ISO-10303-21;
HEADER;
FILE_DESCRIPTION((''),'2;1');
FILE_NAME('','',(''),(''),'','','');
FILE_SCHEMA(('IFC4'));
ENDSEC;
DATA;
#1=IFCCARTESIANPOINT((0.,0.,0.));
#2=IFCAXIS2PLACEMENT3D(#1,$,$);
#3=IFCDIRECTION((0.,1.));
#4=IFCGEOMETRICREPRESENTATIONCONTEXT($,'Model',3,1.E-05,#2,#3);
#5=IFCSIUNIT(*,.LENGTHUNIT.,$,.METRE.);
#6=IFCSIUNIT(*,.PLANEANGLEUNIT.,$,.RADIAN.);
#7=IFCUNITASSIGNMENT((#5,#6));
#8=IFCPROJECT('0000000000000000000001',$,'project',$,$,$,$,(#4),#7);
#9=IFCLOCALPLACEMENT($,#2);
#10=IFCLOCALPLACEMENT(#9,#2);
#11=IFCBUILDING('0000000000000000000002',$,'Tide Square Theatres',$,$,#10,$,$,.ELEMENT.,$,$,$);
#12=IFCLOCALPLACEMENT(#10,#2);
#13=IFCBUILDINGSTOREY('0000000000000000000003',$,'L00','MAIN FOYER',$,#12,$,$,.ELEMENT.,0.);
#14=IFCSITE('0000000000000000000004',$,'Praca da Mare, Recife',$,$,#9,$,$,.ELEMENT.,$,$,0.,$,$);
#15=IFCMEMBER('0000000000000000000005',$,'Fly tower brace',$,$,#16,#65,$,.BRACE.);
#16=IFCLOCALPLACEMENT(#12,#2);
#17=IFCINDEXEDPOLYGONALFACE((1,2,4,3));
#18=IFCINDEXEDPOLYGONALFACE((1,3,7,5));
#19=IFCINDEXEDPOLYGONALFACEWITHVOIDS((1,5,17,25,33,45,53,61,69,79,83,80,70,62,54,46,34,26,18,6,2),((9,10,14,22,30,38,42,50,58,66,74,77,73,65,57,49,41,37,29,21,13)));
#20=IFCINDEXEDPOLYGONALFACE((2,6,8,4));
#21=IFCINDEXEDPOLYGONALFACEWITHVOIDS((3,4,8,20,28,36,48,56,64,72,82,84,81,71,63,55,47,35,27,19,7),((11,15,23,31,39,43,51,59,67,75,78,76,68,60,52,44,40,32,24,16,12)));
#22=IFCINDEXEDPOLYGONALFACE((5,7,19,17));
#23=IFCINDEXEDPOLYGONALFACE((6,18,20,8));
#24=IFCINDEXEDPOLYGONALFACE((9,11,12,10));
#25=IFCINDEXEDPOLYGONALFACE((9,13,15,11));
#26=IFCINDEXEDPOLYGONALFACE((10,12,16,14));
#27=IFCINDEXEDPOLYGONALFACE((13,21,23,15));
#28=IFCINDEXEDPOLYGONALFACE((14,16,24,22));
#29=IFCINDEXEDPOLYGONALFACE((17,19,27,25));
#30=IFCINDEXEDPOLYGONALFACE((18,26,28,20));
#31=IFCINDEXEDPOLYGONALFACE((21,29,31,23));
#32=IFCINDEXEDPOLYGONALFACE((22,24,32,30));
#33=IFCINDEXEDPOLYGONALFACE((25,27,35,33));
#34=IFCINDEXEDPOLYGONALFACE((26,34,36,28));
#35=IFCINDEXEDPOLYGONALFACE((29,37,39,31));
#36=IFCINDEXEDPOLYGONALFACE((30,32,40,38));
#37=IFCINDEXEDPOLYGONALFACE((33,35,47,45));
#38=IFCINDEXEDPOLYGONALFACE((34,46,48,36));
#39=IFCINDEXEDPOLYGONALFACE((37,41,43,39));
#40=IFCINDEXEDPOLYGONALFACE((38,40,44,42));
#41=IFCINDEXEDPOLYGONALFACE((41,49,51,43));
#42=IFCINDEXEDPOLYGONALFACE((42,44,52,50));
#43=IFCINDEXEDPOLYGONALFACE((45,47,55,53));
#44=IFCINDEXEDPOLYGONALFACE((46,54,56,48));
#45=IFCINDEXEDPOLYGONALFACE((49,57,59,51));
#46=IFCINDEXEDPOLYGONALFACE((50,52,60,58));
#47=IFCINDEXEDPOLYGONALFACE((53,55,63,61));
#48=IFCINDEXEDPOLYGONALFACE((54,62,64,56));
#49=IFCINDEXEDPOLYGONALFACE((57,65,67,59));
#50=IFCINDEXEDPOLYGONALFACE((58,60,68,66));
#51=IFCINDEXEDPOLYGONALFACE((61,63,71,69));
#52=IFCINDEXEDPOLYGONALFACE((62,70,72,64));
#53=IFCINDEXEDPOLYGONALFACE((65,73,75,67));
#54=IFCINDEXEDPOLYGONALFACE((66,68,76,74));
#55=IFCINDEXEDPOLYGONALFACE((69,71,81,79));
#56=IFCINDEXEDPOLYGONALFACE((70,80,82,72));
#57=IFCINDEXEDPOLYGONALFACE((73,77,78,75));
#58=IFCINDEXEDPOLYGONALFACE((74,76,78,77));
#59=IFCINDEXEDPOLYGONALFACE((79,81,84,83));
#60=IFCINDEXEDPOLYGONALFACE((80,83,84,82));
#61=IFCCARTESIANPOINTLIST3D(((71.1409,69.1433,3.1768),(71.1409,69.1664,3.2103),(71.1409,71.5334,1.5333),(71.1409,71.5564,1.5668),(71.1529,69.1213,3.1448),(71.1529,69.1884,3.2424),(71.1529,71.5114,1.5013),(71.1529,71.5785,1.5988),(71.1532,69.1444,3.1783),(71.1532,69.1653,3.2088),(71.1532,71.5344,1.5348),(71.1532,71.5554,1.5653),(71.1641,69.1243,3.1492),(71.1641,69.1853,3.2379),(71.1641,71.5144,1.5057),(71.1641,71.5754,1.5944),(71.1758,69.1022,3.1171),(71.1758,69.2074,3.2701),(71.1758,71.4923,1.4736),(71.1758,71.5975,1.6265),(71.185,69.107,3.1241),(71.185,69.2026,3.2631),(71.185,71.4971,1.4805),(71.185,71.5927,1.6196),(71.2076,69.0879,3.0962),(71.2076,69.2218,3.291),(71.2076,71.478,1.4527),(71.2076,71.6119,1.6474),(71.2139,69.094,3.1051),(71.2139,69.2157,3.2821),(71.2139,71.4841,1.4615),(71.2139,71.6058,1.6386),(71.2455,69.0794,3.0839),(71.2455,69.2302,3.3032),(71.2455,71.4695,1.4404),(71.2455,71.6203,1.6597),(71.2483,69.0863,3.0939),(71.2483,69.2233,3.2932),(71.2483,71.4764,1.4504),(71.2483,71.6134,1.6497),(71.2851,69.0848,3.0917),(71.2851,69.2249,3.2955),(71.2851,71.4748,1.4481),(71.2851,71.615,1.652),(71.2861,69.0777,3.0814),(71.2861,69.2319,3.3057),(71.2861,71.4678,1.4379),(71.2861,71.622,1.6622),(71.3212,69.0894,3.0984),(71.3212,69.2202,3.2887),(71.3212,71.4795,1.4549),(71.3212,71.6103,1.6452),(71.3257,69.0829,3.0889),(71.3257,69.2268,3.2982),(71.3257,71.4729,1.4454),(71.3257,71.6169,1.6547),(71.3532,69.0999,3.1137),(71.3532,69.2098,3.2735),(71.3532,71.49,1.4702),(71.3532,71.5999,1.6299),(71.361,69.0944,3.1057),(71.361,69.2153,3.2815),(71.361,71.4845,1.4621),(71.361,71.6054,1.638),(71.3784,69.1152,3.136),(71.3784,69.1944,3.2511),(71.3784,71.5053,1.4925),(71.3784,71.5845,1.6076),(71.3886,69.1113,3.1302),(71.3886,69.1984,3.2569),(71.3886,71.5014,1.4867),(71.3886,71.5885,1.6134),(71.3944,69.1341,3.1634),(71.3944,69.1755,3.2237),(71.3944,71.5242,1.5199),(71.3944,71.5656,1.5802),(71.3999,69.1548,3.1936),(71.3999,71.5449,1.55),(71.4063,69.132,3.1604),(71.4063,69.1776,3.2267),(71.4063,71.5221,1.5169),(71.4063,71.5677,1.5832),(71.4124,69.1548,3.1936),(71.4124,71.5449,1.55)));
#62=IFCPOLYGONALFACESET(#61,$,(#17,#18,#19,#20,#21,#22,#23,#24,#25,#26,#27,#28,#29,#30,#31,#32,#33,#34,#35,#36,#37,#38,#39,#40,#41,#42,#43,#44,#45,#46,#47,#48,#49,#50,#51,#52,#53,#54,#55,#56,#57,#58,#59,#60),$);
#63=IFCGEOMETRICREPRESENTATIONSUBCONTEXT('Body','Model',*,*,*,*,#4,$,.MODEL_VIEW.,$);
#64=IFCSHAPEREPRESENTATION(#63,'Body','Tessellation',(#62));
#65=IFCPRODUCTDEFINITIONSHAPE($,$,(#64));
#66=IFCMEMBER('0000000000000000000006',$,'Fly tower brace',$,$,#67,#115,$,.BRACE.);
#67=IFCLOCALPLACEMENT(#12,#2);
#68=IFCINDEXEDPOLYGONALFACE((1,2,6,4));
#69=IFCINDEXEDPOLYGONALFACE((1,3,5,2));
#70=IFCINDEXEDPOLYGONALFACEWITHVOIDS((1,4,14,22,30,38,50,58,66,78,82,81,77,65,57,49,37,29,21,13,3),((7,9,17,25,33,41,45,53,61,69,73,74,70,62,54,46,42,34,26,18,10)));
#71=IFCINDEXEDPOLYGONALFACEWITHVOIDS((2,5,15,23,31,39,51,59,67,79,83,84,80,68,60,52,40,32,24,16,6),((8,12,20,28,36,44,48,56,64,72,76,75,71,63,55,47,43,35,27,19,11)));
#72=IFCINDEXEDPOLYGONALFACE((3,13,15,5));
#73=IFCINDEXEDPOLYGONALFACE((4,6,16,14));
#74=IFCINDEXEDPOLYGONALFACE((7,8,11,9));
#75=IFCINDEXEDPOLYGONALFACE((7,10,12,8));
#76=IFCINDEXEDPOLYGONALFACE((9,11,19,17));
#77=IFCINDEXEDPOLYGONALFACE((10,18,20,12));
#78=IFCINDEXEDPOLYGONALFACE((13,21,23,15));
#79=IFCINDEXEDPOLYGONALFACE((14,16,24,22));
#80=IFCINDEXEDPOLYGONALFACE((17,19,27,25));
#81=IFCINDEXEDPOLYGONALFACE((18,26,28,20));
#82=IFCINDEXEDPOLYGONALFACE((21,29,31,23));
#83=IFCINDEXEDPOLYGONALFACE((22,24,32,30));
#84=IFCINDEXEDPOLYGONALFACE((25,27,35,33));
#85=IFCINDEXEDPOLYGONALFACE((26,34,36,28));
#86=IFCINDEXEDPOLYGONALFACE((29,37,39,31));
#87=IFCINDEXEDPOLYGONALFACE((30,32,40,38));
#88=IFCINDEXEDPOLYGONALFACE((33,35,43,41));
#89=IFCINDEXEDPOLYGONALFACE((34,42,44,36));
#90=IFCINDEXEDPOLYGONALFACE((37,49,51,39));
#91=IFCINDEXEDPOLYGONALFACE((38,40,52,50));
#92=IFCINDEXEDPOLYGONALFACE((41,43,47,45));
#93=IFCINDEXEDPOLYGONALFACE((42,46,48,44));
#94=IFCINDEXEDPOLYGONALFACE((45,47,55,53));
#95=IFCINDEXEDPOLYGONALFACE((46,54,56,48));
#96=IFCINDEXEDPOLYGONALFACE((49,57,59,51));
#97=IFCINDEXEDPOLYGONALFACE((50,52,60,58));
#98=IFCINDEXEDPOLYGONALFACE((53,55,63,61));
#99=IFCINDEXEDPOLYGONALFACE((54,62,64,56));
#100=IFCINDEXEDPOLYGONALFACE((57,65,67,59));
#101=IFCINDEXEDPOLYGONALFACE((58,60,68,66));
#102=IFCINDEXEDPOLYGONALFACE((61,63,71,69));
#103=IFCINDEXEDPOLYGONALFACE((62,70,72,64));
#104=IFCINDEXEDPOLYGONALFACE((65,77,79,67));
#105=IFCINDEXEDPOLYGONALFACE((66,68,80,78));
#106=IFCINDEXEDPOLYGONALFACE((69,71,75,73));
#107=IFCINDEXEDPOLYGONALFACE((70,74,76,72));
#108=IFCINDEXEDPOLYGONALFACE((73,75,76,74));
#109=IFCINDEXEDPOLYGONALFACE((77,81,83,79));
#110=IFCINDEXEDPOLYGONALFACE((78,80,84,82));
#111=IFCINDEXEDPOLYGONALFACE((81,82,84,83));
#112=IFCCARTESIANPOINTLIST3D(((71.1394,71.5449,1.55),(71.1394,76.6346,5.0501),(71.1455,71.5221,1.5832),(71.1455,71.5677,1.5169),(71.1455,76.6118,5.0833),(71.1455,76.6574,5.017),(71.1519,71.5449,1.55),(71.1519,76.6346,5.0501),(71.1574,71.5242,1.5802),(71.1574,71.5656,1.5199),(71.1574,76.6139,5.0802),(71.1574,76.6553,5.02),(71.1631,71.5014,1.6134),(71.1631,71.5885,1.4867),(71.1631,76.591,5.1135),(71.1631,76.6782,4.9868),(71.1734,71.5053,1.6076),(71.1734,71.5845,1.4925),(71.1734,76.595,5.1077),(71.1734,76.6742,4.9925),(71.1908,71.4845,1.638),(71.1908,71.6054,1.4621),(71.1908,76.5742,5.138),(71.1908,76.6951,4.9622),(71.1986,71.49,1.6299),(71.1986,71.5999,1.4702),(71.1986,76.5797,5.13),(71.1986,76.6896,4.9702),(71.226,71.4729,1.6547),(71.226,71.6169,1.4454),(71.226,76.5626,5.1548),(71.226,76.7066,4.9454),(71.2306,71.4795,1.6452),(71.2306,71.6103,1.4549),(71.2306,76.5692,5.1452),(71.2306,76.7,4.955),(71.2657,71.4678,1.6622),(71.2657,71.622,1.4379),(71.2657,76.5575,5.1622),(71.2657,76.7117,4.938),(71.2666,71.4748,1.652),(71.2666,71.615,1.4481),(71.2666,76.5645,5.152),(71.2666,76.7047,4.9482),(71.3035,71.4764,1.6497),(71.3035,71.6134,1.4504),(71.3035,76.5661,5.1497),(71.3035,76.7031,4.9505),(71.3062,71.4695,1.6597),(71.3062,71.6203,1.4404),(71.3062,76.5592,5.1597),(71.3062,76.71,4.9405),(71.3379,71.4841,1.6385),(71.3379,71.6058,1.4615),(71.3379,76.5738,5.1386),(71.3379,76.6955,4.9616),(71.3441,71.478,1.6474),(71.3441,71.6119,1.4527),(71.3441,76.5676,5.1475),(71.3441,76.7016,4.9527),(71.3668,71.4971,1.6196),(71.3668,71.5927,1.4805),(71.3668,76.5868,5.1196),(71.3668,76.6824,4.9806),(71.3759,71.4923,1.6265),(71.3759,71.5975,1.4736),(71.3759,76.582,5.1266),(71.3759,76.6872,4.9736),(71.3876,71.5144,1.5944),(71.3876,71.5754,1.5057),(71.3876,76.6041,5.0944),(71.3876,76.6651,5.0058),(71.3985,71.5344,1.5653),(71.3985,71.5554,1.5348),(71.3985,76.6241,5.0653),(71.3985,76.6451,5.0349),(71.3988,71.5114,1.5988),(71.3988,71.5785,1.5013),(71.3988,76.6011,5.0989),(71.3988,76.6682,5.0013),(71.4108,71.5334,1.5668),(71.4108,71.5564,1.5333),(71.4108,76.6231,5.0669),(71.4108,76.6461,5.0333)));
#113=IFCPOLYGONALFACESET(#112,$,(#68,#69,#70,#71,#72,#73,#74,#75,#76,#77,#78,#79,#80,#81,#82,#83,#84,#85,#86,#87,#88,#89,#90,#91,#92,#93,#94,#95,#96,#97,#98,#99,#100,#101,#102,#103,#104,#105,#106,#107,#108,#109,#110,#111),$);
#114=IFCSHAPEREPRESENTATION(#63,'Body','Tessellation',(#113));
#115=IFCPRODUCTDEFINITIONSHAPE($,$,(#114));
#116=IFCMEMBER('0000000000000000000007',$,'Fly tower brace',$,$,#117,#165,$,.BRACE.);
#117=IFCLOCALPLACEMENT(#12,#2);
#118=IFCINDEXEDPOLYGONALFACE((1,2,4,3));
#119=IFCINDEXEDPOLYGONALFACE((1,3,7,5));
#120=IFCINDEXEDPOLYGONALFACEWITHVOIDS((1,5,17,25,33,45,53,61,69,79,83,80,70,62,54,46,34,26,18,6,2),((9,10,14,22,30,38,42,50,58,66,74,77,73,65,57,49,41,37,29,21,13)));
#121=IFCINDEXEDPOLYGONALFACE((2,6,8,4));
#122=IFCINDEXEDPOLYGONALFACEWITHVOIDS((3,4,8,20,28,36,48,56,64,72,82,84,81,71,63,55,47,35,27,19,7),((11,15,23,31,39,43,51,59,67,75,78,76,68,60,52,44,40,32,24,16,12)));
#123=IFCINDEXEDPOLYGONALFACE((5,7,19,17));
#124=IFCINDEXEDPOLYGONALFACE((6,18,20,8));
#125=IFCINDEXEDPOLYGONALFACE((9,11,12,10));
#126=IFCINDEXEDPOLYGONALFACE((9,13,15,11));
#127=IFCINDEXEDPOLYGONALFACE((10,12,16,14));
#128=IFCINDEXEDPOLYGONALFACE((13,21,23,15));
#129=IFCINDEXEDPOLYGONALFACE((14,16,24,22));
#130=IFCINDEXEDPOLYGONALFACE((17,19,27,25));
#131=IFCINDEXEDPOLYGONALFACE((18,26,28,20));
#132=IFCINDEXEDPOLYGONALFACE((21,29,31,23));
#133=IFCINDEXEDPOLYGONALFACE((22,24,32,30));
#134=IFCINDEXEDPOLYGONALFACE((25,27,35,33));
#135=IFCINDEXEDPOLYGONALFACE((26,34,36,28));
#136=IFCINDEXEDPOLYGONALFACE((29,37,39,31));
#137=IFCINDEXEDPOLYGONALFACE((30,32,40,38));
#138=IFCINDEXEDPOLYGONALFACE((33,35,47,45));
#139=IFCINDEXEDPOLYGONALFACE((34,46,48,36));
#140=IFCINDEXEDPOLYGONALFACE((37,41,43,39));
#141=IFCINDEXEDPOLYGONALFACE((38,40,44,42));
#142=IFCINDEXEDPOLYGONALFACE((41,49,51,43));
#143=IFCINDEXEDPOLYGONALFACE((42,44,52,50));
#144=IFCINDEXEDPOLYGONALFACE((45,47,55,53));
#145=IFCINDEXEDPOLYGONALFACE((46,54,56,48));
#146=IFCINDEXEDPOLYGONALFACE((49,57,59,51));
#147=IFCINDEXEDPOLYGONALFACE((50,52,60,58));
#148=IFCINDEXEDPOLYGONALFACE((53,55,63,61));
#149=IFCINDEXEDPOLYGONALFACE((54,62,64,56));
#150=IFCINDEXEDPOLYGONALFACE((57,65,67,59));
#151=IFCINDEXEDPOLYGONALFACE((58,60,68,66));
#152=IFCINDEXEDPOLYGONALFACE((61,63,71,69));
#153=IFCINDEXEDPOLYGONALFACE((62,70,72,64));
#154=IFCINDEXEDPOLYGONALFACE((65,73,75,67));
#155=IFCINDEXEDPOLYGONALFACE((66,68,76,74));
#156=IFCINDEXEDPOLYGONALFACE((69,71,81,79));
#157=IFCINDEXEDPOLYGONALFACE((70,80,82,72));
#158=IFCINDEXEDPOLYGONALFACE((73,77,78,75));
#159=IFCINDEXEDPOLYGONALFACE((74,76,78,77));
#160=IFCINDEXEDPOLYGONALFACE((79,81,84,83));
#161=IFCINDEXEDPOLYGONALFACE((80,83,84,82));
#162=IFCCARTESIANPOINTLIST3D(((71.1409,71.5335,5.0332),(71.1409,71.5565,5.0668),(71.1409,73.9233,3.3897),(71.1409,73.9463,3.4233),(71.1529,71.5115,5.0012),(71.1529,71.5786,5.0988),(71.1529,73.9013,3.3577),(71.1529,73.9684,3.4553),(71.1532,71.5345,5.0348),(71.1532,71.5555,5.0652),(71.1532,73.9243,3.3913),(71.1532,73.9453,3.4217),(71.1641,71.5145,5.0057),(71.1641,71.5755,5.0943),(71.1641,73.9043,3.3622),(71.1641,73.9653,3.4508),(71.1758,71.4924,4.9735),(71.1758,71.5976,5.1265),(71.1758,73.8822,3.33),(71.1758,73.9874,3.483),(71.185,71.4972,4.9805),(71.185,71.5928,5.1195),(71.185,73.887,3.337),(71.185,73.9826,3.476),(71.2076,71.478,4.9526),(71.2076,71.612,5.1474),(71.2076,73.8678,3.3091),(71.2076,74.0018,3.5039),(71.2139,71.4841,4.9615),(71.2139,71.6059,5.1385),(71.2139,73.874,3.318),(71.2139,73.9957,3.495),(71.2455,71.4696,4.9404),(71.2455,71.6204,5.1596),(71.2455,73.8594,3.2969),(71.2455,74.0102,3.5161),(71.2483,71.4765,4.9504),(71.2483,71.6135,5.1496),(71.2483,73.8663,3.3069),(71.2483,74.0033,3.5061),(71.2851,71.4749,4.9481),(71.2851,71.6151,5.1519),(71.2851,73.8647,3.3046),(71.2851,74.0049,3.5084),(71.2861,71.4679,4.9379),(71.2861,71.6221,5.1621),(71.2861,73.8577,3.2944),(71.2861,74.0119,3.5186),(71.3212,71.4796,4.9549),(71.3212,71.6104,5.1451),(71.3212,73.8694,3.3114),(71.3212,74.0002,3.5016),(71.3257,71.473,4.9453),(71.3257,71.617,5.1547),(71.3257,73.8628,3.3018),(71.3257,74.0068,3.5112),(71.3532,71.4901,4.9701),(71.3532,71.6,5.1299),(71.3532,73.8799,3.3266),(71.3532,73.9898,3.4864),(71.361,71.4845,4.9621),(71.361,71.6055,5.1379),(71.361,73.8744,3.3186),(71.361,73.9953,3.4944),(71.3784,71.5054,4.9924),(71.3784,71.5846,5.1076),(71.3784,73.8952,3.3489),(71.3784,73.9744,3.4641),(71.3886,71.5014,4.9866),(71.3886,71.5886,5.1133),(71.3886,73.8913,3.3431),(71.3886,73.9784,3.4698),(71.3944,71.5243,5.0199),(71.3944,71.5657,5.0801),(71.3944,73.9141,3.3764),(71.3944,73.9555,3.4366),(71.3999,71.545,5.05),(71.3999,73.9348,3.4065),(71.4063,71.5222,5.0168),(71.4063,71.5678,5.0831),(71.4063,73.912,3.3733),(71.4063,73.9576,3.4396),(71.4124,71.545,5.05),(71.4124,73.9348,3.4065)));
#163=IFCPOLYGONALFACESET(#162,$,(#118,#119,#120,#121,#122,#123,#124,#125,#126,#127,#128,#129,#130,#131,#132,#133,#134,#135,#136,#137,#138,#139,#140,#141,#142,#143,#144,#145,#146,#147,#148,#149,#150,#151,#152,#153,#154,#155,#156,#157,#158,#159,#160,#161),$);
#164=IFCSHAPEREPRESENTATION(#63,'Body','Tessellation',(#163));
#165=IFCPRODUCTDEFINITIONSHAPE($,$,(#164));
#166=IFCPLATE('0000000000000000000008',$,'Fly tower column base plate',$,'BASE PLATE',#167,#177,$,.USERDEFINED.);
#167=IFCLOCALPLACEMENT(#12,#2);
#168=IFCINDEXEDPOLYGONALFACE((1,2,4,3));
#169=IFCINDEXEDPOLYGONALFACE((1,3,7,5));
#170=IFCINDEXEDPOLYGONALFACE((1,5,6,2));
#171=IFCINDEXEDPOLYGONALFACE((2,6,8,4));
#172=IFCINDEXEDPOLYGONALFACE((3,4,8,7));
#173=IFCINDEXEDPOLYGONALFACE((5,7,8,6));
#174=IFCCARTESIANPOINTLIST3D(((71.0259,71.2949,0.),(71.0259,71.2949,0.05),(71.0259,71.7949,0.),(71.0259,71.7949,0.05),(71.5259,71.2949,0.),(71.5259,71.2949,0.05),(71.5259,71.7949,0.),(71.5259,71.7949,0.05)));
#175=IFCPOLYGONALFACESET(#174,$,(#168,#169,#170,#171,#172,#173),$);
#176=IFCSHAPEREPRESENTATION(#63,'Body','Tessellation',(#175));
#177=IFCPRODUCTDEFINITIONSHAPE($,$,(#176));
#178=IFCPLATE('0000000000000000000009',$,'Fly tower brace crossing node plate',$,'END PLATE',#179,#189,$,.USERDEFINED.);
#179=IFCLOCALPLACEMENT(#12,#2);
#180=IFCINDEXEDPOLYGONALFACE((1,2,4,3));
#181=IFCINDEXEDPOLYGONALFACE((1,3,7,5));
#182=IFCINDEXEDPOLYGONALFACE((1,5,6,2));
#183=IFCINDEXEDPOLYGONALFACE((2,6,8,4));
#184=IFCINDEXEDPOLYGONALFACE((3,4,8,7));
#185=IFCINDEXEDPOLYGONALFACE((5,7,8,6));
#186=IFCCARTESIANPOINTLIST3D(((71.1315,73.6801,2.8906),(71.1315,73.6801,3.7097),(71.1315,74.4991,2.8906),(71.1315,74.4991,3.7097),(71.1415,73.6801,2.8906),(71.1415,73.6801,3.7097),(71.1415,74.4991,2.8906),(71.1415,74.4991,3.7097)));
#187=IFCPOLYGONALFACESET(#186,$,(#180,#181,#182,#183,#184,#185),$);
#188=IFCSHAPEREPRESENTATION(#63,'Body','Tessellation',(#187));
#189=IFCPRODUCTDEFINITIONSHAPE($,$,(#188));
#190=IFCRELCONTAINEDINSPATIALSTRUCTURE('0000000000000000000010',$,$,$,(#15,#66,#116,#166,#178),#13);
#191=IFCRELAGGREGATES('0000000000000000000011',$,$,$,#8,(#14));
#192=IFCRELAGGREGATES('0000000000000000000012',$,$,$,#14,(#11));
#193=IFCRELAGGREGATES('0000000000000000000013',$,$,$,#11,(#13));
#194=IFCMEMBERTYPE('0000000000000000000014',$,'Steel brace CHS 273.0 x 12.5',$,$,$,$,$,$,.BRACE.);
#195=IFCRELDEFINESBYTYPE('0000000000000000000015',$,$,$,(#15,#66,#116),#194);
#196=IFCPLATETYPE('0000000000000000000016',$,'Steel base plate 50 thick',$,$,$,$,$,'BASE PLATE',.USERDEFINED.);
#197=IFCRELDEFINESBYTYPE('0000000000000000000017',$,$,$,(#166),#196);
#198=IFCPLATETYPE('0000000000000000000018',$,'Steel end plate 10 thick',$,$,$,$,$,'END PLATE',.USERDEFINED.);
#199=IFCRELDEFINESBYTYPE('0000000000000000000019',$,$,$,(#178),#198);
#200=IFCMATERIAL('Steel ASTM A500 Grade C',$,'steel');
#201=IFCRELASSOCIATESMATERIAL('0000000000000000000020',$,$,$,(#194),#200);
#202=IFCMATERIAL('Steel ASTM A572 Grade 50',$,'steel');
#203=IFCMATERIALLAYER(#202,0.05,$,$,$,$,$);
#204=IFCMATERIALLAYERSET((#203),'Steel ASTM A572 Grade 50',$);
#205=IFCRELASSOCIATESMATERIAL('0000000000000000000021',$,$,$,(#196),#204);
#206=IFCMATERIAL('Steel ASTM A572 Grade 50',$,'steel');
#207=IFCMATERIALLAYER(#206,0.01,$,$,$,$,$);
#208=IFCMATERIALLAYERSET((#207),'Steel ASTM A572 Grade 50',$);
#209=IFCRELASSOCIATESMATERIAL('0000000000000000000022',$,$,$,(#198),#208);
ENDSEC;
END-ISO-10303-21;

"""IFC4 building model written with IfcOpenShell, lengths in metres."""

from ifc_helpers import new_model, si_unit, direction, frame, origin, origin_2d, place, context, subcontext, project, spatial, rectangle, hollow_circle, extrude, material, layer, layer_set, material_profile, profile_set, type_object, element, save


model = new_model("IFC4")

# Units and contexts
model_context = context("Model", 3, precision=1e-05, world=origin(), true_north=direction((0.0, 1.0)))
body_context = subcontext(model_context, "Body", "Model", "MODEL_VIEW")
ifc_project = project(units=[si_unit("LENGTHUNIT", "METRE"), si_unit("PLANEANGLEUNIT", "RADIAN")], contexts=[model_context])

# Site, building, storey
site_placement = place(None, origin())
site = spatial("IfcSite", under=ifc_project, at=site_placement, Name="Praca da Mare, Recife", CompositionType="ELEMENT", RefElevation=0.0)
building_placement = place(site_placement, origin())
building = spatial("IfcBuilding", under=site, at=building_placement, Name="Tide Square Theatres", CompositionType="ELEMENT")
storey_placement = place(building_placement, origin())
storey = spatial("IfcBuildingStorey", under=building, at=storey_placement, Name="L00", Description="MAIN FOYER", CompositionType="ELEMENT", Elevation=0.0)

# Members
ifc_material_1 = material(Name="Steel ASTM A500 Grade C", Category="steel")
ifc_material_profile_1 = material_profile(ifc_material_1, hollow_circle(Radius=0.1365, WallThickness=0.0125, at=origin_2d()))
ifc_profile_set_1 = profile_set([ifc_material_profile_1], Name="Steel ASTM A500 Grade C")
member_type = type_object("IfcMemberType", Name="Steel brace CHS 273.0 x 12.5", PredefinedType="BRACE", material=ifc_profile_set_1)
member_1_placement = place(storey_placement, frame((71.2759, 71.5449, 1.55), z_axis=(0.0, -0.823988, 0.566607), x_axis=(1.0, 0.0, 0.0)))
element("IfcMember", 1, at=member_1_placement, inside=storey, type_object=member_type, Name="Fly tower brace", PredefinedType="BRACE", context=body_context, shape_type="SweptSolid", body=[
    extrude(hollow_circle(Radius=0.1365, WallThickness=0.0125, at=origin_2d()), origin(), (0.0, 0.0, 1.0), 2.9006),
])
member_2_placement = place(storey_placement, frame((71.2759, 71.5449, 1.55), z_axis=(0.0, 0.823974, 0.566628), x_axis=(-1.0, 0.0, 0.0)))
element("IfcMember", 2, at=member_2_placement, inside=storey, type_object=member_type, Name="Fly tower brace", PredefinedType="BRACE", context=body_context, shape_type="SweptSolid", body=[
    extrude(hollow_circle(Radius=0.1365, WallThickness=0.0125, at=origin_2d()), origin(), (0.0, 0.0, 1.0), 6.177),
])
member_3_placement = place(storey_placement, frame((71.2759, 73.9348, 3.4065), z_axis=(0.0, -0.823961, 0.566647), x_axis=(1.0, 0.0, 0.0)))
element("IfcMember", 3, at=member_3_placement, inside=storey, type_object=member_type, Name="Fly tower brace", PredefinedType="BRACE", context=body_context, shape_type="SweptSolid", body=[
    extrude(hollow_circle(Radius=0.1365, WallThickness=0.0125, at=origin_2d()), origin(), (0.0, 0.0, 1.0), 2.9004),
])

# Plates
ifc_material_2 = material(Name="Steel ASTM A572 Grade 50", Category="steel")
ifc_layer_1 = layer(ifc_material_2, 0.05)
ifc_layer_set_1 = layer_set([ifc_layer_1], Name="Steel ASTM A572 Grade 50")
plate_type_1 = type_object("IfcPlateType", Name="Steel base plate 50 thick", ElementType="BASE PLATE", PredefinedType="USERDEFINED", material=ifc_layer_set_1)
plate_1_placement = place(storey_placement, frame((71.2759, 71.5449, 0.0), z_axis=(0.0, 0.0, 1.0), x_axis=(1.0, 0.0, 0.0)))
element("IfcPlate", 4, at=plate_1_placement, inside=storey, type_object=plate_type_1, Name="Fly tower column base plate", ObjectType="BASE PLATE", PredefinedType="USERDEFINED", context=body_context, shape_type="SweptSolid", body=[
    extrude(rectangle(XDim=0.5, YDim=0.5, at=origin_2d()), origin(), (0.0, 0.0, 1.0), 0.05),
])
ifc_material_3 = material(Name="Steel ASTM A572 Grade 50", Category="steel")
ifc_layer_2 = layer(ifc_material_3, 0.01)
ifc_layer_set_2 = layer_set([ifc_layer_2], Name="Steel ASTM A572 Grade 50")
plate_type_2 = type_object("IfcPlateType", Name="Steel end plate 10 thick", ElementType="END PLATE", PredefinedType="USERDEFINED", material=ifc_layer_set_2)
plate_2_placement = place(storey_placement, frame((71.1365, 74.0896, 2.8906), z_axis=(0.0, 0.0, 1.0), x_axis=(-1.0, 0.0, 0.0)))
element("IfcPlate", 5, at=plate_2_placement, inside=storey, type_object=plate_type_2, Name="Fly tower brace crossing node plate", ObjectType="END PLATE", PredefinedType="USERDEFINED", context=body_context, shape_type="SweptSolid", body=[
    extrude(rectangle(XDim=0.01, YDim=0.8191, at=origin_2d()), origin(), (0.0, 0.0, 1.0), 0.8191),
])

save(model, "model.ifc")
